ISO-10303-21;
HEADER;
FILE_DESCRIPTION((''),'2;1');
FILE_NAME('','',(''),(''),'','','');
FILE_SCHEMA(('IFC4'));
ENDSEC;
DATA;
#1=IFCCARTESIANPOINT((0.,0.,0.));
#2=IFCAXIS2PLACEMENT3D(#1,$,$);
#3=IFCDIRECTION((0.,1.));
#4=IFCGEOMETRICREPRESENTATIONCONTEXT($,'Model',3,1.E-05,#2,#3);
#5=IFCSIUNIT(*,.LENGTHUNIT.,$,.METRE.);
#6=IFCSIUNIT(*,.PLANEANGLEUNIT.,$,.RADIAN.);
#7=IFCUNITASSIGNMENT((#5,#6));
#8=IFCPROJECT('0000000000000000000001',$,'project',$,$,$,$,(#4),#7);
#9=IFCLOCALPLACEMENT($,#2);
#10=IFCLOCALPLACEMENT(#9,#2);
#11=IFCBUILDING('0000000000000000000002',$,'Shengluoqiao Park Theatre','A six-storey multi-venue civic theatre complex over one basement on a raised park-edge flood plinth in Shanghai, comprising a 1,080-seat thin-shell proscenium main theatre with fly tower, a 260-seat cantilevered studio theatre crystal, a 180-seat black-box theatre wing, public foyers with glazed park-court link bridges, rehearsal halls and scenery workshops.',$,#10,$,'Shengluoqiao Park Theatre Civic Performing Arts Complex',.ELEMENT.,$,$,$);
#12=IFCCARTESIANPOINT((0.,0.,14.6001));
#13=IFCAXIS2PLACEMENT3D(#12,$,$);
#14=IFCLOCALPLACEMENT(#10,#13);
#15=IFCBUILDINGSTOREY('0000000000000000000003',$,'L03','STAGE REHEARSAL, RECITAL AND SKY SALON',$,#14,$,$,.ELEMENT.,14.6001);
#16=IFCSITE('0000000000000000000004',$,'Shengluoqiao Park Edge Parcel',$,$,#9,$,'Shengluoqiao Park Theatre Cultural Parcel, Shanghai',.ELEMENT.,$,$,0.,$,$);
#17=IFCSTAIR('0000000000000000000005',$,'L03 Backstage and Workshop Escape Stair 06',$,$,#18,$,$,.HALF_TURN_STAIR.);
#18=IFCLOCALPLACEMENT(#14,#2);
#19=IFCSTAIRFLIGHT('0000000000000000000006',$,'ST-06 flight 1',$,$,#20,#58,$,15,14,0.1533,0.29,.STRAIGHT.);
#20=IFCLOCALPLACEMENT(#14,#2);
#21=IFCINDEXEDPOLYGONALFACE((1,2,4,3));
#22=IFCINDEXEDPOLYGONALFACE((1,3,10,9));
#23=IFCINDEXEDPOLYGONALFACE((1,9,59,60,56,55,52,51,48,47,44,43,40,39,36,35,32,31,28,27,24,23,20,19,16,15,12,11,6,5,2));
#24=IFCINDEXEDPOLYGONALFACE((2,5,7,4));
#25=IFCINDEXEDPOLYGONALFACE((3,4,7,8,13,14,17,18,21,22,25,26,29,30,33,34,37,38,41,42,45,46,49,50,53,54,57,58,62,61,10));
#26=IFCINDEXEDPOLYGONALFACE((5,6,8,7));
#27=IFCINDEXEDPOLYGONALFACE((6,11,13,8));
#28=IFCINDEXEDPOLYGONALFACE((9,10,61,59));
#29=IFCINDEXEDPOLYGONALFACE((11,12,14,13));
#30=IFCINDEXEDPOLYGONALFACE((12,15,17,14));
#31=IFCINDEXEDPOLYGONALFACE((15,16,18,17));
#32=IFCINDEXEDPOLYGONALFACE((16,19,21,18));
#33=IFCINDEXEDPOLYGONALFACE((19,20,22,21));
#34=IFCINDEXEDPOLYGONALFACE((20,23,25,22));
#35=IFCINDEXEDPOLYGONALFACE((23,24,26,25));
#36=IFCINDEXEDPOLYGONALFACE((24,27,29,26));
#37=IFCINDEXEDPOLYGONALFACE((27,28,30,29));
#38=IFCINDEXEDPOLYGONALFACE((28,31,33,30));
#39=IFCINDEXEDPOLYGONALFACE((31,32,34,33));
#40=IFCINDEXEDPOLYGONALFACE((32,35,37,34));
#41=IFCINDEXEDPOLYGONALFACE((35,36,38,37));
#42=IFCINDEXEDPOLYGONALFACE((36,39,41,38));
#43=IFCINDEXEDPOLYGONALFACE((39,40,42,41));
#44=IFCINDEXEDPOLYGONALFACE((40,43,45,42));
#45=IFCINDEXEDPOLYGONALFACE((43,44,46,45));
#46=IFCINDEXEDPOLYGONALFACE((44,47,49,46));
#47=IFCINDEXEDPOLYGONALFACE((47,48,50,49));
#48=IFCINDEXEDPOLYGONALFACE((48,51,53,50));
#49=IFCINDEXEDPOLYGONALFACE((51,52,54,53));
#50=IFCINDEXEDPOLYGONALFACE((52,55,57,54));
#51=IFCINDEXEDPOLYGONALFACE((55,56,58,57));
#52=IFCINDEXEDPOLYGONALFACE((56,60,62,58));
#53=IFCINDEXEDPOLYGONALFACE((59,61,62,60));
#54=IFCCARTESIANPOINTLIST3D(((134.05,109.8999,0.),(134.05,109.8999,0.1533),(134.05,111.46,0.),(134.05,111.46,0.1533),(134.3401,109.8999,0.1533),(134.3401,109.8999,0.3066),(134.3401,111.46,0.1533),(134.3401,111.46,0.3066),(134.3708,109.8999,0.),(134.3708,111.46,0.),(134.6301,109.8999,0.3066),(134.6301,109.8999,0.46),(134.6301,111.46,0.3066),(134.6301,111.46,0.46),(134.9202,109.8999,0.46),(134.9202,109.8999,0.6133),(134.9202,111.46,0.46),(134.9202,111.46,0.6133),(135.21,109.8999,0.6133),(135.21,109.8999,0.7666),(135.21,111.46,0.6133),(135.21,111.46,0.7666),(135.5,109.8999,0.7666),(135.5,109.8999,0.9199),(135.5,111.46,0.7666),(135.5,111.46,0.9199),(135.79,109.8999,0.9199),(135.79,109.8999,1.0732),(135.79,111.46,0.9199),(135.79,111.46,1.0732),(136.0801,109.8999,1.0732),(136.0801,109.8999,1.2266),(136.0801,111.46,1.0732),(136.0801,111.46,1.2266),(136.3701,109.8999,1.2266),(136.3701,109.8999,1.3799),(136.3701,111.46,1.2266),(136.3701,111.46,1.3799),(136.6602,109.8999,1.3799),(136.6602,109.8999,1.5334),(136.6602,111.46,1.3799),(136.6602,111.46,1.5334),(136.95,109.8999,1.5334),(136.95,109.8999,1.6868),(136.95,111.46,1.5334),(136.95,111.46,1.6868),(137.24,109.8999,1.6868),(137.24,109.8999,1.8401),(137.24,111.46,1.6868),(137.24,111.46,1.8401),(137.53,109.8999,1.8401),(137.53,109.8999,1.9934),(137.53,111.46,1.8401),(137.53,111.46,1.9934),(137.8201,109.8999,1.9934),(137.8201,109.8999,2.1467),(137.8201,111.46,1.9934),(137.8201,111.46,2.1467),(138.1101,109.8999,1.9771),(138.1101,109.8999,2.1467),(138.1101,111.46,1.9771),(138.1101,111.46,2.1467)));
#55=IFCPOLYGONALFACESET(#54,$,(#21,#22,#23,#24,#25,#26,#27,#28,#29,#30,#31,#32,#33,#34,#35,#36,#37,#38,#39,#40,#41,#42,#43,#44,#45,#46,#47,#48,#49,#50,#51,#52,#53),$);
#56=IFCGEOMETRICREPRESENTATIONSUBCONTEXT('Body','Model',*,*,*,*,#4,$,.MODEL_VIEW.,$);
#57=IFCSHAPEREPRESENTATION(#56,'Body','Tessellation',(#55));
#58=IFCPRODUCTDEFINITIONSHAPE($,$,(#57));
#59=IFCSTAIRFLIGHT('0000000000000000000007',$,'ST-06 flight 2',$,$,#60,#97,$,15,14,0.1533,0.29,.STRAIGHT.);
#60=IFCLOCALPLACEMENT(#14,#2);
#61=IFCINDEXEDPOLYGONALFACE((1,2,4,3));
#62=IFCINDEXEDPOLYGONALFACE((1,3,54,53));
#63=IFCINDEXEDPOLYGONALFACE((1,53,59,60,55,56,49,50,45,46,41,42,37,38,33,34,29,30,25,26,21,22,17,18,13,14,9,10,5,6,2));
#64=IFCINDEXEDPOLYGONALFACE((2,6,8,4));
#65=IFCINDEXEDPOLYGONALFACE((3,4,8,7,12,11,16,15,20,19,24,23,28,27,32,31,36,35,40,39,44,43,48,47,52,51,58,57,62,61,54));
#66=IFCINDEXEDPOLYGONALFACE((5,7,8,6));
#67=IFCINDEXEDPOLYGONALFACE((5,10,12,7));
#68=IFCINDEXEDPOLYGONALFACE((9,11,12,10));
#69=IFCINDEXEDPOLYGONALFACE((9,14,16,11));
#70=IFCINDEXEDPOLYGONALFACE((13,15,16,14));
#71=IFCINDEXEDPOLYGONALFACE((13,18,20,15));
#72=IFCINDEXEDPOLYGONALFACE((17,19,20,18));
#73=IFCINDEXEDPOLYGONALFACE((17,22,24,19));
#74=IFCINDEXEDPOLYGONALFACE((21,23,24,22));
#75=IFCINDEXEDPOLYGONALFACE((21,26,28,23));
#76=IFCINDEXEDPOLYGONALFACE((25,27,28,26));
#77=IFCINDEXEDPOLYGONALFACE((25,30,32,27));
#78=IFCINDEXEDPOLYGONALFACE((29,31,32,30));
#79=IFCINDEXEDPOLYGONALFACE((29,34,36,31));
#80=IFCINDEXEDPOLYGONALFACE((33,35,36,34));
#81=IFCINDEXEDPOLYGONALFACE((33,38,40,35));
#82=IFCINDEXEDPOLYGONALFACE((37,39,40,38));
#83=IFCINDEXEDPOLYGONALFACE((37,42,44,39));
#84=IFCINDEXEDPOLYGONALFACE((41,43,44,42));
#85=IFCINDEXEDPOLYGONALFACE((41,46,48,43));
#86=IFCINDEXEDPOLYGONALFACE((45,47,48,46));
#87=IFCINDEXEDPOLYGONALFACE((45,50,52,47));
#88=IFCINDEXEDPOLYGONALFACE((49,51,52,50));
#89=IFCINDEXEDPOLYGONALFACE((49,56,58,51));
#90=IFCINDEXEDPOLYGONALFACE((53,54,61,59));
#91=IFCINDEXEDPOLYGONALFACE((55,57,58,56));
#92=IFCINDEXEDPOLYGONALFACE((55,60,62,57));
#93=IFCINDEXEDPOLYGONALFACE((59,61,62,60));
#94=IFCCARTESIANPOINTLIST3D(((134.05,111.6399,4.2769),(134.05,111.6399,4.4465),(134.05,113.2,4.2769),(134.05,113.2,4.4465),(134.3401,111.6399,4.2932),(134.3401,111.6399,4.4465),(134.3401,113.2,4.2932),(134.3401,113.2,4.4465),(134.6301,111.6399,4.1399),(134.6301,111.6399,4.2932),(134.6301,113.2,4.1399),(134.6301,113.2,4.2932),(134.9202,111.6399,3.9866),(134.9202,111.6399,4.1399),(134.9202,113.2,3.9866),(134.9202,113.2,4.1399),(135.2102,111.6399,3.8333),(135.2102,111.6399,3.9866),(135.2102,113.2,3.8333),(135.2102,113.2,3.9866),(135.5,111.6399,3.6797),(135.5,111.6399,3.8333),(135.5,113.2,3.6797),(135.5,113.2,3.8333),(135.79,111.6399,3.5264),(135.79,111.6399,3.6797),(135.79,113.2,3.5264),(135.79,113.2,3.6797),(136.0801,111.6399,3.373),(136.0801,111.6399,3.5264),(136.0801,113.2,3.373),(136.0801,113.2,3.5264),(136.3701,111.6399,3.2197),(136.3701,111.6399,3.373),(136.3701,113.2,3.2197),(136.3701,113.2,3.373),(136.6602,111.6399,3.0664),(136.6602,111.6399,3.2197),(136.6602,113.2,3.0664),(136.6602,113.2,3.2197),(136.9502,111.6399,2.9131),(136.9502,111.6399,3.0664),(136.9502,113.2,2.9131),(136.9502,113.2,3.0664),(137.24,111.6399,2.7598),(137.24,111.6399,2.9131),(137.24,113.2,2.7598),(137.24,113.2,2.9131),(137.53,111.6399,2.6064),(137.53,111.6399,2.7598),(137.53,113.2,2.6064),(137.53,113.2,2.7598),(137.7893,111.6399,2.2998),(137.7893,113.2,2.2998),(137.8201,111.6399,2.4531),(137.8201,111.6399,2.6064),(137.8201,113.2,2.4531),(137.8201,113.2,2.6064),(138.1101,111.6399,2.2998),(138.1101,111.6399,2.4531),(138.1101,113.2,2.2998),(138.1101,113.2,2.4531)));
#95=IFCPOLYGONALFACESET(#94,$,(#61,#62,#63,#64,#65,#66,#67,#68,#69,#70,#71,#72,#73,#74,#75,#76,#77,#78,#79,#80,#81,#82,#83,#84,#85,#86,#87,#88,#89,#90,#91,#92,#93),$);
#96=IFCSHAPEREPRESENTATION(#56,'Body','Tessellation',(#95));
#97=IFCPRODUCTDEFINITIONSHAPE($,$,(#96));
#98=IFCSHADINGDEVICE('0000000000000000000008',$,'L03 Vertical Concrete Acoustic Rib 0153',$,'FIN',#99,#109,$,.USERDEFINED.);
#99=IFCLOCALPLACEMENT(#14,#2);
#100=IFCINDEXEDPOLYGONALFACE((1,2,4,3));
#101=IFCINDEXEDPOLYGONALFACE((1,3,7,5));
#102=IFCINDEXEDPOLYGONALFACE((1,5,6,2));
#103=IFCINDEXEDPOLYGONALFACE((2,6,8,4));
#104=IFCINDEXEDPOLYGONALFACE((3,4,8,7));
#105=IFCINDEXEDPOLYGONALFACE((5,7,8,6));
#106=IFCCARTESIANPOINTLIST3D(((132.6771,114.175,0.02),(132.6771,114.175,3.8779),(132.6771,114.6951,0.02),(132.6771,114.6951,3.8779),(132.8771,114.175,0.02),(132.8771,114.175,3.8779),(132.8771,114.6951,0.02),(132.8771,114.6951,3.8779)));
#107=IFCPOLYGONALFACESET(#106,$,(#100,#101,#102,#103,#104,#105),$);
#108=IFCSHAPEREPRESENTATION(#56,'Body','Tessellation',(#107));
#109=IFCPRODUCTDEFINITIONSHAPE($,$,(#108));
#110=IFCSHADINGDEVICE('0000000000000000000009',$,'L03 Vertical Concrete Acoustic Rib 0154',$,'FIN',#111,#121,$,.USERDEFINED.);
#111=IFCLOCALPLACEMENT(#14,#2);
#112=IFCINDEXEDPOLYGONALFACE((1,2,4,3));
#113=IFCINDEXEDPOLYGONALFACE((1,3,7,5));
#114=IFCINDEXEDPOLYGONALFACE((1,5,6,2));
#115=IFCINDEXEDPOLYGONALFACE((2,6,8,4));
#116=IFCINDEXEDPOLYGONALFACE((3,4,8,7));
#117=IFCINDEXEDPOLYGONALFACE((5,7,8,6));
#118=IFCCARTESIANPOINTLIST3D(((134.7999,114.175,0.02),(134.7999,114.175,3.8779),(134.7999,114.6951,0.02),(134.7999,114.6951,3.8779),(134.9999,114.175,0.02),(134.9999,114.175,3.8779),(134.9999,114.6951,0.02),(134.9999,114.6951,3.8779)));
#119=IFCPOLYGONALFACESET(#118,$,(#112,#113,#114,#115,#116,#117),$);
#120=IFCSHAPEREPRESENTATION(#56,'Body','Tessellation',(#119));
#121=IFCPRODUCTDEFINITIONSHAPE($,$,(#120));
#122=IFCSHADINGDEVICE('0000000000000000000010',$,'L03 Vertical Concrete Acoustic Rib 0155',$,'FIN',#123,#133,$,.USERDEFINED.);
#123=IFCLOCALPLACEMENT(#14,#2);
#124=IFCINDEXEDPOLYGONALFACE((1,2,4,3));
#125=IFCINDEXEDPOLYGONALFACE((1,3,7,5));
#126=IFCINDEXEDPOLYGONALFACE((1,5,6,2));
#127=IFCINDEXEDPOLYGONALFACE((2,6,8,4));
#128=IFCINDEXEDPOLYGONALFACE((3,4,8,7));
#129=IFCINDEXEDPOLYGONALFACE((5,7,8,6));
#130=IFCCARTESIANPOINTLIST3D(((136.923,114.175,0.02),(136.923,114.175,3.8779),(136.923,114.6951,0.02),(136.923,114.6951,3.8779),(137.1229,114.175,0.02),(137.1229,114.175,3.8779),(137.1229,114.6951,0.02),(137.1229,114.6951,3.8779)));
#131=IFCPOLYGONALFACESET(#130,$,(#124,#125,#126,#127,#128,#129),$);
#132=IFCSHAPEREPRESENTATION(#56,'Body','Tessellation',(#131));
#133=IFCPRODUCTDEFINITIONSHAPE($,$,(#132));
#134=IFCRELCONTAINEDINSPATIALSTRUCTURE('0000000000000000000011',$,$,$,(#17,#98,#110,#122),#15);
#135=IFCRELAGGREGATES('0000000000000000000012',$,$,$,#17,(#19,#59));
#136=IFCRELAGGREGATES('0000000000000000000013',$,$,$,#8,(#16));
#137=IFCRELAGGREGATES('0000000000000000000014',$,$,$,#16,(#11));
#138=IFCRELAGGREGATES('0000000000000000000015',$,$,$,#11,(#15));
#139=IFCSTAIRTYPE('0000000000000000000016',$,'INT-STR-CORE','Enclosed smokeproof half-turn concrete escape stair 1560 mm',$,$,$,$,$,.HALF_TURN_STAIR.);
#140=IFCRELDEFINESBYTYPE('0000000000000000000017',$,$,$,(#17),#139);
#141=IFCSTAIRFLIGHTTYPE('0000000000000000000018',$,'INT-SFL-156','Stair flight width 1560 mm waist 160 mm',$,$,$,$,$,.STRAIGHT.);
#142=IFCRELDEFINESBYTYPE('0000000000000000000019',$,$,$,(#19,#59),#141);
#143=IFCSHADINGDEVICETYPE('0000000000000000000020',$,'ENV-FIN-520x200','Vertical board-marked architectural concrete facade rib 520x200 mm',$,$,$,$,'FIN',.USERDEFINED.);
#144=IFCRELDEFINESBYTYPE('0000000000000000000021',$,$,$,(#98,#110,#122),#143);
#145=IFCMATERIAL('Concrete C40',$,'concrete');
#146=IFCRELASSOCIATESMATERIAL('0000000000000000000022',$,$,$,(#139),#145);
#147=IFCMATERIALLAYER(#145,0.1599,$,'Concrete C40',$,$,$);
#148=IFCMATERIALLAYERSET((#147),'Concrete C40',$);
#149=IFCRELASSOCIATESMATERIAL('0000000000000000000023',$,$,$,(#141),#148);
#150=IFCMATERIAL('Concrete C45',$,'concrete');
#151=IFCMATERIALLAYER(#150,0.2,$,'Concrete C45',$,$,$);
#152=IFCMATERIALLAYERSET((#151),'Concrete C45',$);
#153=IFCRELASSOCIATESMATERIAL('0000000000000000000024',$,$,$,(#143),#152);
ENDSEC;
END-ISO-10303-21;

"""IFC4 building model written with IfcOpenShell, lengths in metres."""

from ifc_helpers import new_model, si_unit, direction, frame, origin, origin_2d, place, context, subcontext, project, spatial, polyline, rectangle, outline, extrude, material, layer, layer_set, type_object, element, aggregate, save


model = new_model("IFC4")

# Units and contexts
model_context = context("Model", 3, precision=1e-05, world=origin(), true_north=direction((0.0, 1.0)))
body_context = subcontext(model_context, "Body", "Model", "MODEL_VIEW")
ifc_project = project(units=[si_unit("LENGTHUNIT", "METRE"), si_unit("PLANEANGLEUNIT", "RADIAN")], contexts=[model_context])

# Site, building, storey
site_placement = place(None, origin())
site = spatial("IfcSite", under=ifc_project, at=site_placement, Name="Shengluoqiao Park Edge Parcel", LongName="Shengluoqiao Park Theatre Cultural Parcel, Shanghai", CompositionType="ELEMENT", RefElevation=0.0)
building_placement = place(site_placement, origin())
building = spatial("IfcBuilding", under=site, at=building_placement, Name="Shengluoqiao Park Theatre", Description="A six-storey multi-venue civic theatre complex over one basement on a raised park-edge flood plinth in Shanghai, comprising a 1,080-seat thin-shell proscenium main theatre with fly tower, a 260-seat cantilevered studio theatre crystal, a 180-seat black-box theatre wing, public foyers with glazed park-court link bridges, rehearsal halls and scenery workshops.", LongName="Shengluoqiao Park Theatre Civic Performing Arts Complex", CompositionType="ELEMENT")
storey_placement = place(building_placement, frame((0.0, 0.0, 14.6001)))
storey = spatial("IfcBuildingStorey", under=building, at=storey_placement, Name="L03", Description="STAGE REHEARSAL, RECITAL AND SKY SALON", CompositionType="ELEMENT", Elevation=14.6001)

# Shared definitions
ifc_material_1 = material(Name="Concrete C40", Category="concrete")

# Stair, stair flights
stair_type = type_object("IfcStairType", Name="INT-STR-CORE", Description="Enclosed smokeproof half-turn concrete escape stair 1560 mm", PredefinedType="HALF_TURN_STAIR", material=ifc_material_1)
stair_placement = place(storey_placement, origin())
stair = element("IfcStair", 1, at=stair_placement, inside=storey, type_object=stair_type, Name="L03 Backstage and Workshop Escape Stair 06", PredefinedType="HALF_TURN_STAIR")
ifc_layer_1 = layer(ifc_material_1, 0.1599, Name="Concrete C40")
ifc_layer_set_1 = layer_set([ifc_layer_1], Name="Concrete C40")
stair_flight_type = type_object("IfcStairFlightType", Name="INT-SFL-156", Description="Stair flight width 1560 mm waist 160 mm", PredefinedType="STRAIGHT", material=ifc_layer_set_1)
stair_flight_1_placement = place(storey_placement, frame((134.05, 110.6799, 0.0), z_axis=(0.0, 0.0, 1.0), x_axis=(1.0, 0.0, 0.0)))
stair_flight_1 = element("IfcStairFlight", 2, at=stair_flight_1_placement, type_object=stair_flight_type, Name="ST-06 flight 1", NumberOfRisers=15, NumberOfTreads=14, PredefinedType="STRAIGHT", RiserHeight=0.1533, TreadLength=0.29, context=body_context, shape_type="SweptSolid", body=[
    extrude(outline(polyline([(0.0, 0.0), (0.0, 0.1533), (0.29, 0.1533), (0.29, 0.3066), (0.5801, 0.3066), (0.5801, 0.46), (0.8701, 0.46), (0.8701, 0.6133), (1.1599, 0.6133), (1.1599, 0.7666), (1.45, 0.7666), (1.45, 0.9199), (1.74, 0.9199), (1.74, 1.0732), (2.03, 1.0732), (2.03, 1.2266), (2.3201, 1.2266), (2.3201, 1.3799), (2.6101, 1.3799), (2.6101, 1.5334), (2.8999, 1.5334), (2.8999, 1.6868), (3.1899, 1.6868), (3.1899, 1.8401), (3.48, 1.8401), (3.48, 1.9934), (3.77, 1.9934), (3.77, 2.1467), (4.0601, 2.1467), (4.0601, 2.3), (4.0601, 1.9771), (0.3208, 0.0), (0.0, 0.0)])), frame((0.0, 0.78, 0.0), z_axis=(0.0, -1.0, 0.0), x_axis=(1.0, 0.0, 0.0)), (0.0, 0.0, 1.0), 1.5601),
])
stair_flight_2_placement = place(storey_placement, frame((138.1101, 112.4199, 2.2998), z_axis=(0.0, 0.0, 1.0), x_axis=(-1.0, 0.0, 0.0)))
stair_flight_2 = element("IfcStairFlight", 3, at=stair_flight_2_placement, type_object=stair_flight_type, Name="ST-06 flight 2", NumberOfRisers=15, NumberOfTreads=14, PredefinedType="STRAIGHT", RiserHeight=0.1533, TreadLength=0.29, context=body_context, shape_type="SweptSolid", body=[
    extrude(outline(polyline([(0.0, 0.0), (0.0, 0.1533), (0.29, 0.1533), (0.29, 0.3066), (0.5801, 0.3066), (0.5801, 0.46), (0.8701, 0.46), (0.8701, 0.6133), (1.1599, 0.6133), (1.1599, 0.7666), (1.45, 0.7666), (1.45, 0.9199), (1.74, 0.9199), (1.74, 1.0732), (2.03, 1.0732), (2.03, 1.2266), (2.3201, 1.2266), (2.3201, 1.3799), (2.6101, 1.3799), (2.6101, 1.5334), (2.8999, 1.5334), (2.8999, 1.6868), (3.1899, 1.6868), (3.1899, 1.8401), (3.48, 1.8401), (3.48, 1.9934), (3.77, 1.9934), (3.77, 2.1467), (4.0601, 2.1467), (4.0601, 2.3), (4.0601, 1.9771), (0.3208, 0.0), (0.0, 0.0)])), frame((0.0, 0.78, 0.0), z_axis=(0.0, -1.0, 0.0), x_axis=(1.0, 0.0, 0.0)), (0.0, 0.0, 1.0), 1.5601),
])
aggregate(stair, [stair_flight_1, stair_flight_2])

# Shading devices
ifc_material_2 = material(Name="Concrete C45", Category="concrete")
ifc_layer_2 = layer(ifc_material_2, 0.2, Name="Concrete C45")
ifc_layer_set_2 = layer_set([ifc_layer_2], Name="Concrete C45")
shading_device_type = type_object("IfcShadingDeviceType", Name="ENV-FIN-520x200", Description="Vertical board-marked architectural concrete facade rib 520x200 mm", ElementType="FIN", PredefinedType="USERDEFINED", material=ifc_layer_set_2)
for number, where, z_axis, x_axis, name in (
    (4, (132.7771, 114.4351, 0.02), (0.0, 0.0, 1.0), (0.0, 1.0, 0.0), "L03 Vertical Concrete Acoustic Rib 0153"),
    (5, (134.8999, 114.4351, 0.02), (0.0, 0.0, 1.0), (0.0, 1.0, 0.0), "L03 Vertical Concrete Acoustic Rib 0154"),
    (6, (137.0229, 114.4351, 0.02), (0.0, 0.0, 1.0), (0.0, 1.0, 0.0), "L03 Vertical Concrete Acoustic Rib 0155"),
):
    element("IfcShadingDevice", number, at=place(storey_placement, frame(where, z_axis=z_axis, x_axis=x_axis)), inside=storey, type_object=shading_device_type, Name=name, ObjectType="FIN", PredefinedType="USERDEFINED", context=body_context, shape_type="SweptSolid", body=[
        extrude(rectangle(XDim=0.52, YDim=0.2, at=origin_2d()), origin(), (0.0, 0.0, 1.0), 3.8579),
    ])

save(model, "model.ifc")
